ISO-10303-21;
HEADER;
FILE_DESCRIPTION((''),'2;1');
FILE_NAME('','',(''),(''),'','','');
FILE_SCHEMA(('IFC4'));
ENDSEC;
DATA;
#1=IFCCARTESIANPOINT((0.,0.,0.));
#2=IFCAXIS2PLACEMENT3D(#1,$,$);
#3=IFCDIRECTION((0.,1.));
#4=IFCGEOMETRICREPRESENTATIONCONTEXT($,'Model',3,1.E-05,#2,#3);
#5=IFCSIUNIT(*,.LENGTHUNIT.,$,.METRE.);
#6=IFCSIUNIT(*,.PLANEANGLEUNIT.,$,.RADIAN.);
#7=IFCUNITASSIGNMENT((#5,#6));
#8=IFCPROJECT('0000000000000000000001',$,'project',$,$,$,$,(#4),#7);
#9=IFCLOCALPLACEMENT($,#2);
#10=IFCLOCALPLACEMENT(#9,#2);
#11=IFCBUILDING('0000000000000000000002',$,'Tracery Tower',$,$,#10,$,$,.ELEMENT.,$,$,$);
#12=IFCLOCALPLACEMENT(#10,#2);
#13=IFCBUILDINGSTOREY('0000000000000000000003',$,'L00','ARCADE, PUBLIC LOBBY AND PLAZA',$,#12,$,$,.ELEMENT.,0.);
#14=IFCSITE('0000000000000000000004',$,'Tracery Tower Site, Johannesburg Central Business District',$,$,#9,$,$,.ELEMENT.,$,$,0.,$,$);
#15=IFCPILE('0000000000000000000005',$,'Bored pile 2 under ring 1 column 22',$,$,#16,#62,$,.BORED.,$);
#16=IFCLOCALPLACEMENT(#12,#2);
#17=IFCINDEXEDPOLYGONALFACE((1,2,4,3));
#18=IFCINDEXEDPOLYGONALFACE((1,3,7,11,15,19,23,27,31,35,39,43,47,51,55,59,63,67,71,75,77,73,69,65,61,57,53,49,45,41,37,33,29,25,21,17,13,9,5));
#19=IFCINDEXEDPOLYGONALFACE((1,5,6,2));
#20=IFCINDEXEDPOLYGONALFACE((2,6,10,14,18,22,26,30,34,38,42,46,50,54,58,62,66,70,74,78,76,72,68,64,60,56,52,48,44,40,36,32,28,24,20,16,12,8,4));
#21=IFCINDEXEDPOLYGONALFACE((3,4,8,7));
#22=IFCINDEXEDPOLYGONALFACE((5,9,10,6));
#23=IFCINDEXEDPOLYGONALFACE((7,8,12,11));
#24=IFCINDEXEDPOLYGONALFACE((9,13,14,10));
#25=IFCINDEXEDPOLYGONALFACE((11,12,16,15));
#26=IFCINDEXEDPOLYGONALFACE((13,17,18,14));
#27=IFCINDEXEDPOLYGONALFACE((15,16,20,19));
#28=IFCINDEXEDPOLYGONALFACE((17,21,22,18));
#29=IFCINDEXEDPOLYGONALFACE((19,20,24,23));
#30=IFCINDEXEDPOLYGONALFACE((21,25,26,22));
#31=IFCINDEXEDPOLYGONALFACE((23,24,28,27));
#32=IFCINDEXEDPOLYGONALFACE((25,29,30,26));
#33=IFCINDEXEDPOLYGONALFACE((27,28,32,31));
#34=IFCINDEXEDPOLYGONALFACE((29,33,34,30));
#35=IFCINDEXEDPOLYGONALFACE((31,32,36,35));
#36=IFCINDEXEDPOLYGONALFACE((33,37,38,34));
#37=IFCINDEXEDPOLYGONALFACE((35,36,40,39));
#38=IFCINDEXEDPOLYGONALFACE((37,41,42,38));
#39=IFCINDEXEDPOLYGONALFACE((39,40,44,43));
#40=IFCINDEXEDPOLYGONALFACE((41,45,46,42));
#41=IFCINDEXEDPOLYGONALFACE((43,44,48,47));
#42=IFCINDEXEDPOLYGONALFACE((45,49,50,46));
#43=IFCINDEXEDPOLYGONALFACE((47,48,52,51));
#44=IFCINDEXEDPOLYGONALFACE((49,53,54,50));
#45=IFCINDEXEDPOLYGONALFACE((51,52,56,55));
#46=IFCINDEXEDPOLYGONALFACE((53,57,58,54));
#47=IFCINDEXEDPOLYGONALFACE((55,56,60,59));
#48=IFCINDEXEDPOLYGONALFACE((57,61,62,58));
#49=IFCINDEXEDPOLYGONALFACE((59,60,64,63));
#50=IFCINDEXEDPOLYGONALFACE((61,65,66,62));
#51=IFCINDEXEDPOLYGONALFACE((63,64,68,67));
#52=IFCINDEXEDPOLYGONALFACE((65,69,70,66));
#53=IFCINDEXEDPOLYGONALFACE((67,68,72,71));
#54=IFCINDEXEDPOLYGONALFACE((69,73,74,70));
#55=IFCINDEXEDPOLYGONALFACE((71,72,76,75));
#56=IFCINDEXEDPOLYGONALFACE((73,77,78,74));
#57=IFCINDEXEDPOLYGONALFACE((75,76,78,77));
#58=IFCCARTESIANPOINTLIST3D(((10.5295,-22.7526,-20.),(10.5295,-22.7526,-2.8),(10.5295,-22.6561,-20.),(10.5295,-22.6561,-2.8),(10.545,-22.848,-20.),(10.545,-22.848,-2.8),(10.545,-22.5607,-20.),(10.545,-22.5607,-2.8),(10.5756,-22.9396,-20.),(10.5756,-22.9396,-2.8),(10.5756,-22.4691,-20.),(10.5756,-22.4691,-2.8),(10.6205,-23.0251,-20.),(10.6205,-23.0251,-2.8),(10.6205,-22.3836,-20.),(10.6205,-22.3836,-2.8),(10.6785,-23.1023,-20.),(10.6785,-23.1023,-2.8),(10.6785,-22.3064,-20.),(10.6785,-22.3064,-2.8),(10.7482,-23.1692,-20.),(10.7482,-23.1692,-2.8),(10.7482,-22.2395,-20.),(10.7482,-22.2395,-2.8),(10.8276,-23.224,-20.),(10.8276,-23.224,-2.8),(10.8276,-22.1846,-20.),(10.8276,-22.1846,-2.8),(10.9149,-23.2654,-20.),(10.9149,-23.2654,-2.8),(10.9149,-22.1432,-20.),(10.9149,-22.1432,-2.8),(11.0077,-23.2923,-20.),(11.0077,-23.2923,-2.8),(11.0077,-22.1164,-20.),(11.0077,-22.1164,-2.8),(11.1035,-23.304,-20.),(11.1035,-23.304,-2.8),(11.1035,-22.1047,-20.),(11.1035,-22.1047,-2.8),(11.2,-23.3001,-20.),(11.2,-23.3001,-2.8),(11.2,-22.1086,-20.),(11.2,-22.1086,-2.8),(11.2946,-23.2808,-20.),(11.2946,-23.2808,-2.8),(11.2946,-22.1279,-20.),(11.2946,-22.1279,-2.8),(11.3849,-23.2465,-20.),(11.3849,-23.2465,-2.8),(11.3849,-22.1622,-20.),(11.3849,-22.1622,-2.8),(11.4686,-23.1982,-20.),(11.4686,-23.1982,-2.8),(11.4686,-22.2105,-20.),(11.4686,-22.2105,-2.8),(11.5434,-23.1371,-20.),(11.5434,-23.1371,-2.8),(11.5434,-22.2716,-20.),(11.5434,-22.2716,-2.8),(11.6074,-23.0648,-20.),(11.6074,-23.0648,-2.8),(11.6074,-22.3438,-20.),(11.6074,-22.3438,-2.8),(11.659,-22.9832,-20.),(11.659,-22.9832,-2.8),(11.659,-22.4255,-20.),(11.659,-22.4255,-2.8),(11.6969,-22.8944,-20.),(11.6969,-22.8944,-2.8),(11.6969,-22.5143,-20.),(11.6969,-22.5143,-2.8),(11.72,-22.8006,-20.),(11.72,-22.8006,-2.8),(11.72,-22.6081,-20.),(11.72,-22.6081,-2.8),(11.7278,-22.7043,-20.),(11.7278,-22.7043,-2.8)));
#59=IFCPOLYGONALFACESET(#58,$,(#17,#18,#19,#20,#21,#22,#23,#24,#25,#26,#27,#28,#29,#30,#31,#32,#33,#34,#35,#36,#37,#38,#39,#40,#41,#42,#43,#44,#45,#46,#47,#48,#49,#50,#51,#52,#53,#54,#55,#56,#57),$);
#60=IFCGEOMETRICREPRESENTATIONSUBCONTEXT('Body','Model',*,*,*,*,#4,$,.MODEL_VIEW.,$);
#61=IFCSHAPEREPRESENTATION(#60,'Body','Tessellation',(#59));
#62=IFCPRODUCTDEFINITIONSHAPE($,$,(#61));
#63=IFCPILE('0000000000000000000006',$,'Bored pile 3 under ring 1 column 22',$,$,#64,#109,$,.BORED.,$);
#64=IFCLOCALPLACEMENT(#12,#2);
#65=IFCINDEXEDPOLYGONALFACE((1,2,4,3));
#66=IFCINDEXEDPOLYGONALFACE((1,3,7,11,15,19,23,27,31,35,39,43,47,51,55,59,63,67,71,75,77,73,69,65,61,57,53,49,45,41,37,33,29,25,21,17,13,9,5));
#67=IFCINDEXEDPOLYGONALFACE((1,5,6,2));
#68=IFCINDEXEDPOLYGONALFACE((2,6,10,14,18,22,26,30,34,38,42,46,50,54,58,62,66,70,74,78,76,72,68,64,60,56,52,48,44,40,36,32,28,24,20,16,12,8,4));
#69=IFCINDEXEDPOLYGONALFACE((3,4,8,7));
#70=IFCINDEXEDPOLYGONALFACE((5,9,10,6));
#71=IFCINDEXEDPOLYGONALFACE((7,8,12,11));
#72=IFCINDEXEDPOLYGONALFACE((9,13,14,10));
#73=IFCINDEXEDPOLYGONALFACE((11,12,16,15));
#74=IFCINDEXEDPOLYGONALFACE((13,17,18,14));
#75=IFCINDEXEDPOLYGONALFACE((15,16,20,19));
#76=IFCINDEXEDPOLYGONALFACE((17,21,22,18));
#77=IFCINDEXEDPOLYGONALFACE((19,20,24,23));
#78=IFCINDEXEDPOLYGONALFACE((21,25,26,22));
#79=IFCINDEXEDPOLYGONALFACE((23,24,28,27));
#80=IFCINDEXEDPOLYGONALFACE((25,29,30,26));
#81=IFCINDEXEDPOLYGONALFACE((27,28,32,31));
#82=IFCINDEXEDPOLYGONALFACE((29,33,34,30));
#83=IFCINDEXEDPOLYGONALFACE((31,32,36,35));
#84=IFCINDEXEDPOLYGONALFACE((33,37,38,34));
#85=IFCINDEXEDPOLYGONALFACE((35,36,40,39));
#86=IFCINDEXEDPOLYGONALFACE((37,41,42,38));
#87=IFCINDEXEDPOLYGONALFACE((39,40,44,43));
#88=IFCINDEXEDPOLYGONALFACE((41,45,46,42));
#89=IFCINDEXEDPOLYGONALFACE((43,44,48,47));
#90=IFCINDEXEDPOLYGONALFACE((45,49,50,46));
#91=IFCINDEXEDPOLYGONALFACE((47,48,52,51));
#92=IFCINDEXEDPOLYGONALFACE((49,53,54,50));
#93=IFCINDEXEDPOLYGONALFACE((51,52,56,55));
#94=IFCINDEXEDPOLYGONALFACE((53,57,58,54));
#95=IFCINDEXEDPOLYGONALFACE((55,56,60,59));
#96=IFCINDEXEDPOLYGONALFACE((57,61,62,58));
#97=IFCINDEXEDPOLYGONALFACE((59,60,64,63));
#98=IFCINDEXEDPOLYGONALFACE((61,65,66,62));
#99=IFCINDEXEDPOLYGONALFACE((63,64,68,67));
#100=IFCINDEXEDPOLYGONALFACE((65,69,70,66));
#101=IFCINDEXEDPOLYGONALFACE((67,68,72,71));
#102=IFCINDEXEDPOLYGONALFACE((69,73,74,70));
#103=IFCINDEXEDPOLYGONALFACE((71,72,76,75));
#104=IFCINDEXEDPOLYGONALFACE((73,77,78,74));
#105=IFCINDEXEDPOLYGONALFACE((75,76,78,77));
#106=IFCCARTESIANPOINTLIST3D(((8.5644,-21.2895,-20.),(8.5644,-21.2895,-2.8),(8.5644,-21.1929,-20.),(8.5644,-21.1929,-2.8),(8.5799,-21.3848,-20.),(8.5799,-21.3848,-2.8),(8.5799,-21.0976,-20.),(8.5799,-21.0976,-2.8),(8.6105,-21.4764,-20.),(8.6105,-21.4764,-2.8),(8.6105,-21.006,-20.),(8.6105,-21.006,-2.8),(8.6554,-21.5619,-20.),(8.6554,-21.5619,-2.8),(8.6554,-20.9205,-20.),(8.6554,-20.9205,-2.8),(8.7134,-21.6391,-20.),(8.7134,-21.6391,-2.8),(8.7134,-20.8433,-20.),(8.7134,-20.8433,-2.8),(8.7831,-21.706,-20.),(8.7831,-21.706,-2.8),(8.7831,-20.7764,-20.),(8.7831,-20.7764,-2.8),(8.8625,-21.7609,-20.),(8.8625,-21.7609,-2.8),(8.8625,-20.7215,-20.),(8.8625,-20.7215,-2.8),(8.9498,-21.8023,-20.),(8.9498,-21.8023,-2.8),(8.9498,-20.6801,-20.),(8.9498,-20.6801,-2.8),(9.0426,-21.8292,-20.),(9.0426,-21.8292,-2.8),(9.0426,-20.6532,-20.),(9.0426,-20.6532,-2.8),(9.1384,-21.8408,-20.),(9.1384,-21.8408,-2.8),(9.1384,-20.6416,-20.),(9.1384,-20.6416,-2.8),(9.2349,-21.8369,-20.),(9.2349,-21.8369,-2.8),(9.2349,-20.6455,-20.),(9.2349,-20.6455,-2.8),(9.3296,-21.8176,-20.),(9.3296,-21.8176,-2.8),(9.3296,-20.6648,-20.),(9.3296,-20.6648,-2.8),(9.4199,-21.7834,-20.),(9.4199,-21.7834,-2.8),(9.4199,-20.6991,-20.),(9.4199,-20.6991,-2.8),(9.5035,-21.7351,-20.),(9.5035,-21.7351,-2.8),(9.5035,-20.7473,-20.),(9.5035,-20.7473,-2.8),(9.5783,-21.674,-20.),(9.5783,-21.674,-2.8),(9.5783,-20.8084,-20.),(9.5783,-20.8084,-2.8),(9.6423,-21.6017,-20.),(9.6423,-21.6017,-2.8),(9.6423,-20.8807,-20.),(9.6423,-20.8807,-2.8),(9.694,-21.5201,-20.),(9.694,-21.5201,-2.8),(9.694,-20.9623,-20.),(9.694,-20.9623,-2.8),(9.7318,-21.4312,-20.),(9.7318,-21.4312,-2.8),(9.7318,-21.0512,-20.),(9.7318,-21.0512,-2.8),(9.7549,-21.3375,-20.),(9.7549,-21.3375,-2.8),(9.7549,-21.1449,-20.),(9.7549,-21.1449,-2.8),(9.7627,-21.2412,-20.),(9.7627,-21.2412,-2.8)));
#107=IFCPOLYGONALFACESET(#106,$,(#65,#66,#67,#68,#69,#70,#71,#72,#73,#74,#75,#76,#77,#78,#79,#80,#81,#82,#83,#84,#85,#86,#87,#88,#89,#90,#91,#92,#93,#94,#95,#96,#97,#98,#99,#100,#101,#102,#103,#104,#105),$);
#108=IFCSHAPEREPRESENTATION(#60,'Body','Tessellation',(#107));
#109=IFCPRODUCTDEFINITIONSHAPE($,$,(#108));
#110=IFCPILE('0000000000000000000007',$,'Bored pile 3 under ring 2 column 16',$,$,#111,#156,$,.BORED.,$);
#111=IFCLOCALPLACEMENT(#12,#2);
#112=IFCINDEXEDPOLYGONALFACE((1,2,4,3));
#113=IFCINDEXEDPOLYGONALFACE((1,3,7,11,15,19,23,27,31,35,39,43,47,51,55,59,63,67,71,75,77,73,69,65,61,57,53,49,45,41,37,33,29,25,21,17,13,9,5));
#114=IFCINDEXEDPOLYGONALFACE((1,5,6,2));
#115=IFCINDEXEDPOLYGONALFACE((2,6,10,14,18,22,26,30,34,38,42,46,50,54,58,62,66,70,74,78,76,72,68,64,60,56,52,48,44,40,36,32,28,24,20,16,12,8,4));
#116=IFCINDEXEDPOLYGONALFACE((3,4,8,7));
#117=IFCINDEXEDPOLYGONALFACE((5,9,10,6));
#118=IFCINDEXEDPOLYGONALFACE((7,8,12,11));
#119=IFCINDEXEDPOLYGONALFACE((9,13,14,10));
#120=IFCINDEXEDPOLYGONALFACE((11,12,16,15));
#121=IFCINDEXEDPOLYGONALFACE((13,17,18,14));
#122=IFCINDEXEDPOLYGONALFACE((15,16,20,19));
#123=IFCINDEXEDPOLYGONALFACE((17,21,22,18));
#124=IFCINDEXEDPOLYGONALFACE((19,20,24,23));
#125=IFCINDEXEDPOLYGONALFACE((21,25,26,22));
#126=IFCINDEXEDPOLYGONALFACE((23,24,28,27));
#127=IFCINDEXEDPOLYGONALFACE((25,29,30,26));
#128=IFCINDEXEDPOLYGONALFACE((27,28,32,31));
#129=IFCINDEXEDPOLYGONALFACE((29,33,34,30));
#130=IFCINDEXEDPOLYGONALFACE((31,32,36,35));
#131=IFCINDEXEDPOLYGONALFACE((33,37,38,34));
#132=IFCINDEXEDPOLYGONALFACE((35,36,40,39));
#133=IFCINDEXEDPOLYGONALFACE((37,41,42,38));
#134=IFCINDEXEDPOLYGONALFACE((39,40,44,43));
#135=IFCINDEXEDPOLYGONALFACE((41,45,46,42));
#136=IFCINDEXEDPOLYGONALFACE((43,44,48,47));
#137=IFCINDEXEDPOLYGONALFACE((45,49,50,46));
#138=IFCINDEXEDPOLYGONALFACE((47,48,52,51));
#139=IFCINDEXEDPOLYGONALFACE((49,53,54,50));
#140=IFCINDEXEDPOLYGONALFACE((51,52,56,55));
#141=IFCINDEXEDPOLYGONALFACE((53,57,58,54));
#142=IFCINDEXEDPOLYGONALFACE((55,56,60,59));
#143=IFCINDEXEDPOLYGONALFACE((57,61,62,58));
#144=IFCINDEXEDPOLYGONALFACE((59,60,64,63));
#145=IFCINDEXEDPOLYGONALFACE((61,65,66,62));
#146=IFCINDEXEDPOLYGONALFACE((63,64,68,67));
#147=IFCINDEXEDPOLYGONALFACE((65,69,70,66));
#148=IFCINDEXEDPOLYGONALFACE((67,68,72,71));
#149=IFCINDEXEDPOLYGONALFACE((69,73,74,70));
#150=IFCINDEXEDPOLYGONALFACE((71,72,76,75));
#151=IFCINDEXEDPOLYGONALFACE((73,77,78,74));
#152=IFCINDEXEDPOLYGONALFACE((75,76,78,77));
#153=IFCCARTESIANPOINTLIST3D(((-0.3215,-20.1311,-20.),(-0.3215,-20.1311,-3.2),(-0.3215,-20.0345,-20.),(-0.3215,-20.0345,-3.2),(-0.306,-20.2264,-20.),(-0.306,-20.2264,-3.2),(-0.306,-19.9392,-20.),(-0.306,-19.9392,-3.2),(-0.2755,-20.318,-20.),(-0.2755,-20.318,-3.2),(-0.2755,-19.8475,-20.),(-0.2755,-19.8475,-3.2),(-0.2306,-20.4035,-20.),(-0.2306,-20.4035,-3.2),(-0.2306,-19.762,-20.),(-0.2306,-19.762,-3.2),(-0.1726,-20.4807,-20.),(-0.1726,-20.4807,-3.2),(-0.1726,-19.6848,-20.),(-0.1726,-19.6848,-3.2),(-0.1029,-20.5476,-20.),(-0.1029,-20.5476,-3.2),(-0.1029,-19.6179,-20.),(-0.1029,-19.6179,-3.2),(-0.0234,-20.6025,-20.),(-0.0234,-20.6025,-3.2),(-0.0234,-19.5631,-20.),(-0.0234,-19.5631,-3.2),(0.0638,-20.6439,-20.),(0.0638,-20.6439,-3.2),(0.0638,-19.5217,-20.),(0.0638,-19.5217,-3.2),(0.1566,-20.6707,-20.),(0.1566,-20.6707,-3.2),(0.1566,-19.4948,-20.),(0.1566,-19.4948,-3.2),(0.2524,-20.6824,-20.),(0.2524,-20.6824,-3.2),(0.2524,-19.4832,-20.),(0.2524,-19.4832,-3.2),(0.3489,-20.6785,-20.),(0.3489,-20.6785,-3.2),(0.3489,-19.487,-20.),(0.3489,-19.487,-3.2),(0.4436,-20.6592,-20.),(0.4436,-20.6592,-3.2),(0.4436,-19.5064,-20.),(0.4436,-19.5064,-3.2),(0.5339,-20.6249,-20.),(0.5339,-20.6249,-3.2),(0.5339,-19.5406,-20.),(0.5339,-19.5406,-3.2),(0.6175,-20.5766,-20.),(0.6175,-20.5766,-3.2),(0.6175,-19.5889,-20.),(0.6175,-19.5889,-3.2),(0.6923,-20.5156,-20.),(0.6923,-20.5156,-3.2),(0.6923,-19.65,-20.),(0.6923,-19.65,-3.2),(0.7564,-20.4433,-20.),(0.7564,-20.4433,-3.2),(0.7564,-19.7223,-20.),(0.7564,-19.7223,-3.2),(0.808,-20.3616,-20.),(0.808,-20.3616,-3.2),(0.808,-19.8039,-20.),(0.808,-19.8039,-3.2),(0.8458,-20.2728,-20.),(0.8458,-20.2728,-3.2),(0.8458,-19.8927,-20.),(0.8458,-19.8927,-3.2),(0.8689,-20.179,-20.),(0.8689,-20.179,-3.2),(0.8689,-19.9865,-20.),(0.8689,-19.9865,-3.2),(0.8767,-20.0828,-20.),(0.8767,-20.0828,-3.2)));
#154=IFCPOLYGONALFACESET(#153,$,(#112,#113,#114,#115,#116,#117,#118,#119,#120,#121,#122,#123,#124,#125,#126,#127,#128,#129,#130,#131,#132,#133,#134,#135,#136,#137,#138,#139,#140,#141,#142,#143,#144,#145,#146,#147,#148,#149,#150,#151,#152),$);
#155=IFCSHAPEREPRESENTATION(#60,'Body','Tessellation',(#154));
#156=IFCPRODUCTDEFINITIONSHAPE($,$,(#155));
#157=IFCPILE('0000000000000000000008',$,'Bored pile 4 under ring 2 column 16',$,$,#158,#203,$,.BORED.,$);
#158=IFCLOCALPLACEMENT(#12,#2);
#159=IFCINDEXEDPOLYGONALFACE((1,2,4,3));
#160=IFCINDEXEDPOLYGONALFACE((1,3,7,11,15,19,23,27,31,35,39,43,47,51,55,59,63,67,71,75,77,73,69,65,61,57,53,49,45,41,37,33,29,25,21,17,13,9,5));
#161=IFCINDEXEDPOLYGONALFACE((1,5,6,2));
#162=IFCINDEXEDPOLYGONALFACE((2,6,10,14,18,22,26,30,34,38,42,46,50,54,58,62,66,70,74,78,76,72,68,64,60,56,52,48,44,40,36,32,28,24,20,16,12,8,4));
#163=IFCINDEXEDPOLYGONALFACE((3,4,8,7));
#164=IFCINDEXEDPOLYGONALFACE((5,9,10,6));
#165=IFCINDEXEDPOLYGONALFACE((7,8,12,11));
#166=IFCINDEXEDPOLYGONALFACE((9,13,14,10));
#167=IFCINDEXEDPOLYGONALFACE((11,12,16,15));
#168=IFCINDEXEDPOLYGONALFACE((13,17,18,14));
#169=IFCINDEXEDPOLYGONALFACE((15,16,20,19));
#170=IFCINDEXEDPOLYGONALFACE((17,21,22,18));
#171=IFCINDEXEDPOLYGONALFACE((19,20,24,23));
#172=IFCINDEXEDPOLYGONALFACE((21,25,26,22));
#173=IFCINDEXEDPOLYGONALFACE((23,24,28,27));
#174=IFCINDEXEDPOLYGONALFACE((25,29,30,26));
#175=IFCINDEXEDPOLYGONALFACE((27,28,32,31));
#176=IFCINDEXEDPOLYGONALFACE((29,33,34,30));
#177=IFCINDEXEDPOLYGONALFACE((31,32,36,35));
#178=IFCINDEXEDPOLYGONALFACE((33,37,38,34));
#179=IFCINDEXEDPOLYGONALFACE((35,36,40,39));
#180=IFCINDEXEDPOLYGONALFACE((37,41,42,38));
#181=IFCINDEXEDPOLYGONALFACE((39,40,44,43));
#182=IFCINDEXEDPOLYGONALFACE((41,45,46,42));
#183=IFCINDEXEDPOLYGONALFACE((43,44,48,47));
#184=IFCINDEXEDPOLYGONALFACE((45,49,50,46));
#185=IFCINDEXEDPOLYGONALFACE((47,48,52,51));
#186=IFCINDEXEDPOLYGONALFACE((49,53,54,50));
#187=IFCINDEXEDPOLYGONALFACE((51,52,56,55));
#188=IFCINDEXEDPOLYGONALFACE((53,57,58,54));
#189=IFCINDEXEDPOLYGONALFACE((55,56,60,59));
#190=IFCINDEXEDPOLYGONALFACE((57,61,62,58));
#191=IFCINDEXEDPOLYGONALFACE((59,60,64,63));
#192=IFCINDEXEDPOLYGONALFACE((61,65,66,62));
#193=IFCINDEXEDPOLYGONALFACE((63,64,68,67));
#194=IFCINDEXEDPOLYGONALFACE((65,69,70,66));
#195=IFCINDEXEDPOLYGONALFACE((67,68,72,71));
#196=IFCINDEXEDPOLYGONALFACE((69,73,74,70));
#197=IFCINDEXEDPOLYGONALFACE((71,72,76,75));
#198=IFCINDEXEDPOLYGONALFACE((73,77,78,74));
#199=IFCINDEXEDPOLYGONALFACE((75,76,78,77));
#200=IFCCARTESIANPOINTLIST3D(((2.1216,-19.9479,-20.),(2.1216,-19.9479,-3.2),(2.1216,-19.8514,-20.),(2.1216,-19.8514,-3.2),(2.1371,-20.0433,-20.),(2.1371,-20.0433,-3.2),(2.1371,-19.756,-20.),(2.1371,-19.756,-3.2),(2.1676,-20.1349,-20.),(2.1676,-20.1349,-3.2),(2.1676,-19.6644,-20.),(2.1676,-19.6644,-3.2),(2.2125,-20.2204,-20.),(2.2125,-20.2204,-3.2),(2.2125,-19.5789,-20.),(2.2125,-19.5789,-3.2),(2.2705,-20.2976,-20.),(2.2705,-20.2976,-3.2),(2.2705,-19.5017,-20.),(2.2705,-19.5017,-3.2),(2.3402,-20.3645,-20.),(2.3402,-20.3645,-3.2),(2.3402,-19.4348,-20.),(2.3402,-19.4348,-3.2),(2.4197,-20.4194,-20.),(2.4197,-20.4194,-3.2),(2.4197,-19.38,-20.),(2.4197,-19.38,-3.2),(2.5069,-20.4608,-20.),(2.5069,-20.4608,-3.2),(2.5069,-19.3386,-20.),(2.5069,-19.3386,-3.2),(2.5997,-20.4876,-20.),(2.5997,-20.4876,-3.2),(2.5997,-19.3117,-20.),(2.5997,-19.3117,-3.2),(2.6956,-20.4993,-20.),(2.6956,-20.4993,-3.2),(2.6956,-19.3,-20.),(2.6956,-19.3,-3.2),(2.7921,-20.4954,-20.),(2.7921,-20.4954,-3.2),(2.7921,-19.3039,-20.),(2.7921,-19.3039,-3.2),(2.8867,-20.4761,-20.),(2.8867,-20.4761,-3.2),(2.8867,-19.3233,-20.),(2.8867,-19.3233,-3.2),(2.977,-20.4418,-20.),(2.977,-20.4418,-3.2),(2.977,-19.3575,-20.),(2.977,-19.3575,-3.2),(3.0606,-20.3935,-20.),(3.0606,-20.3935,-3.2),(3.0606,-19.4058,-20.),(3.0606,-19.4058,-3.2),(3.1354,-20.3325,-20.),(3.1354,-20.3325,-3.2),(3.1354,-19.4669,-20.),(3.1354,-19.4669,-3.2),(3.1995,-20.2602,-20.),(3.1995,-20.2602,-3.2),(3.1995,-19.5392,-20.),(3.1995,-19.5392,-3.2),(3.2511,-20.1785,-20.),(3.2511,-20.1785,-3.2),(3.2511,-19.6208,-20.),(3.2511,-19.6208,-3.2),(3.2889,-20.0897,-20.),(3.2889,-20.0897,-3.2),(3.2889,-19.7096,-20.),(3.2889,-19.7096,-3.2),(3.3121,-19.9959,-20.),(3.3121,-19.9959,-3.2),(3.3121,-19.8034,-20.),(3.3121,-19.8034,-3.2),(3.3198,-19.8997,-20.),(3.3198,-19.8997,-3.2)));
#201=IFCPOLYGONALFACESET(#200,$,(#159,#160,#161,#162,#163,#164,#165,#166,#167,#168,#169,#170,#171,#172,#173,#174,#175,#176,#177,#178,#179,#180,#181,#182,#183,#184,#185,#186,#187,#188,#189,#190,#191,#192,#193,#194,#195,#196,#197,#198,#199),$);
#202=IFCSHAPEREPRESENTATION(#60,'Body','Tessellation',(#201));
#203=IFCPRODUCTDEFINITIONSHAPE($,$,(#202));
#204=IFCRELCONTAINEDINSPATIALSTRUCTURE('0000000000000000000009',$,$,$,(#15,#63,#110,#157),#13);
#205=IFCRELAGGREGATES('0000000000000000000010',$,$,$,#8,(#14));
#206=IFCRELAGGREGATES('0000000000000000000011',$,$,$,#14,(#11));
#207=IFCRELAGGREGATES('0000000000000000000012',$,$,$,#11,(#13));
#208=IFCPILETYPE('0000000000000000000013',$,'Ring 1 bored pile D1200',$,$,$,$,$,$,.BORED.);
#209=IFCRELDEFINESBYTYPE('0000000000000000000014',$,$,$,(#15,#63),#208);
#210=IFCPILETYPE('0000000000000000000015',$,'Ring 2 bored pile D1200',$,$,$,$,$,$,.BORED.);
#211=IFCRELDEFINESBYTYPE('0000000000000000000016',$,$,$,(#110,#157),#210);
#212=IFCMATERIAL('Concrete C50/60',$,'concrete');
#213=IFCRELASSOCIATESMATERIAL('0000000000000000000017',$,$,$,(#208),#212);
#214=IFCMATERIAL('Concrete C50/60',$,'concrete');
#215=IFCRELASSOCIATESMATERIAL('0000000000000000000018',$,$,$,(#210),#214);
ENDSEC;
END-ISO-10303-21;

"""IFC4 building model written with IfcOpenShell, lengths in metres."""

from ifc_helpers import new_model, si_unit, direction, frame, origin, origin_2d, place, context, subcontext, project, spatial, circle, extrude, material, material_profile, profile_set, type_object, element, save


model = new_model("IFC4")

# Units and contexts
model_context = context("Model", 3, precision=1e-05, world=origin(), true_north=direction((0.0, 1.0)))
body_context = subcontext(model_context, "Body", "Model", "MODEL_VIEW")
ifc_project = project(units=[si_unit("LENGTHUNIT", "METRE"), si_unit("PLANEANGLEUNIT", "RADIAN")], contexts=[model_context])

# Site, building, storey
site_placement = place(None, origin())
site = spatial("IfcSite", under=ifc_project, at=site_placement, Name="Tracery Tower Site, Johannesburg Central Business District", CompositionType="ELEMENT", RefElevation=0.0)
building_placement = place(site_placement, origin())
building = spatial("IfcBuilding", under=site, at=building_placement, Name="Tracery Tower", CompositionType="ELEMENT")
storey_placement = place(building_placement, origin())
storey = spatial("IfcBuildingStorey", under=building, at=storey_placement, Name="L00", Description="ARCADE, PUBLIC LOBBY AND PLAZA", CompositionType="ELEMENT", Elevation=0.0)

# Piles
ifc_material_1 = material(Name="Concrete C50/60", Category="concrete")
ifc_material_profile_1 = material_profile(ifc_material_1, circle(Radius=0.6001, at=origin_2d()), Name="RC D1200")
ifc_profile_set_1 = profile_set([ifc_material_profile_1], Name="Concrete C50/60")
pile_type_1 = type_object("IfcPileType", Name="Ring 1 bored pile D1200", PredefinedType="BORED", material=ifc_profile_set_1)
for number, where, z_axis, x_axis, name in (
    (1, (11.1277, -22.7043, -2.8), (0.0, 0.0, -1.0), (1.0, 0.0, 0.0), "Bored pile 2 under ring 1 column 22"),
    (2, (9.1626, -21.2412, -2.8), (0.0, 0.0, -1.0), (1.0, 0.0, 0.0), "Bored pile 3 under ring 1 column 22"),
):
    element("IfcPile", number, at=place(storey_placement, frame(where, z_axis=z_axis, x_axis=x_axis)), inside=storey, type_object=pile_type_1, Name=name, PredefinedType="BORED", context=body_context, shape_type="SweptSolid", body=[
        extrude(circle(Radius=0.6001, at=origin_2d()), origin(), (0.0, 0.0, 1.0), 17.2),
    ])
ifc_material_2 = material(Name="Concrete C50/60", Category="concrete")
ifc_material_profile_2 = material_profile(ifc_material_2, circle(Radius=0.6001, at=origin_2d()), Name="RC D1200")
ifc_profile_set_2 = profile_set([ifc_material_profile_2], Name="Concrete C50/60")
pile_type_2 = type_object("IfcPileType", Name="Ring 2 bored pile D1200", PredefinedType="BORED", material=ifc_profile_set_2)
for number, where, z_axis, x_axis, name in (
    (3, (0.2766, -20.0828, -3.2), (0.0, 0.0, -1.0), (1.0, 0.0, 0.0), "Bored pile 3 under ring 2 column 16"),
    (4, (2.7197, -19.8997, -3.2), (0.0, 0.0, -1.0), (1.0, 0.0, 0.0), "Bored pile 4 under ring 2 column 16"),
):
    element("IfcPile", number, at=place(storey_placement, frame(where, z_axis=z_axis, x_axis=x_axis)), inside=storey, type_object=pile_type_2, Name=name, PredefinedType="BORED", context=body_context, shape_type="SweptSolid", body=[
        extrude(circle(Radius=0.6001, at=origin_2d()), origin(), (0.0, 0.0, 1.0), 16.8),
    ])

save(model, "model.ifc")
